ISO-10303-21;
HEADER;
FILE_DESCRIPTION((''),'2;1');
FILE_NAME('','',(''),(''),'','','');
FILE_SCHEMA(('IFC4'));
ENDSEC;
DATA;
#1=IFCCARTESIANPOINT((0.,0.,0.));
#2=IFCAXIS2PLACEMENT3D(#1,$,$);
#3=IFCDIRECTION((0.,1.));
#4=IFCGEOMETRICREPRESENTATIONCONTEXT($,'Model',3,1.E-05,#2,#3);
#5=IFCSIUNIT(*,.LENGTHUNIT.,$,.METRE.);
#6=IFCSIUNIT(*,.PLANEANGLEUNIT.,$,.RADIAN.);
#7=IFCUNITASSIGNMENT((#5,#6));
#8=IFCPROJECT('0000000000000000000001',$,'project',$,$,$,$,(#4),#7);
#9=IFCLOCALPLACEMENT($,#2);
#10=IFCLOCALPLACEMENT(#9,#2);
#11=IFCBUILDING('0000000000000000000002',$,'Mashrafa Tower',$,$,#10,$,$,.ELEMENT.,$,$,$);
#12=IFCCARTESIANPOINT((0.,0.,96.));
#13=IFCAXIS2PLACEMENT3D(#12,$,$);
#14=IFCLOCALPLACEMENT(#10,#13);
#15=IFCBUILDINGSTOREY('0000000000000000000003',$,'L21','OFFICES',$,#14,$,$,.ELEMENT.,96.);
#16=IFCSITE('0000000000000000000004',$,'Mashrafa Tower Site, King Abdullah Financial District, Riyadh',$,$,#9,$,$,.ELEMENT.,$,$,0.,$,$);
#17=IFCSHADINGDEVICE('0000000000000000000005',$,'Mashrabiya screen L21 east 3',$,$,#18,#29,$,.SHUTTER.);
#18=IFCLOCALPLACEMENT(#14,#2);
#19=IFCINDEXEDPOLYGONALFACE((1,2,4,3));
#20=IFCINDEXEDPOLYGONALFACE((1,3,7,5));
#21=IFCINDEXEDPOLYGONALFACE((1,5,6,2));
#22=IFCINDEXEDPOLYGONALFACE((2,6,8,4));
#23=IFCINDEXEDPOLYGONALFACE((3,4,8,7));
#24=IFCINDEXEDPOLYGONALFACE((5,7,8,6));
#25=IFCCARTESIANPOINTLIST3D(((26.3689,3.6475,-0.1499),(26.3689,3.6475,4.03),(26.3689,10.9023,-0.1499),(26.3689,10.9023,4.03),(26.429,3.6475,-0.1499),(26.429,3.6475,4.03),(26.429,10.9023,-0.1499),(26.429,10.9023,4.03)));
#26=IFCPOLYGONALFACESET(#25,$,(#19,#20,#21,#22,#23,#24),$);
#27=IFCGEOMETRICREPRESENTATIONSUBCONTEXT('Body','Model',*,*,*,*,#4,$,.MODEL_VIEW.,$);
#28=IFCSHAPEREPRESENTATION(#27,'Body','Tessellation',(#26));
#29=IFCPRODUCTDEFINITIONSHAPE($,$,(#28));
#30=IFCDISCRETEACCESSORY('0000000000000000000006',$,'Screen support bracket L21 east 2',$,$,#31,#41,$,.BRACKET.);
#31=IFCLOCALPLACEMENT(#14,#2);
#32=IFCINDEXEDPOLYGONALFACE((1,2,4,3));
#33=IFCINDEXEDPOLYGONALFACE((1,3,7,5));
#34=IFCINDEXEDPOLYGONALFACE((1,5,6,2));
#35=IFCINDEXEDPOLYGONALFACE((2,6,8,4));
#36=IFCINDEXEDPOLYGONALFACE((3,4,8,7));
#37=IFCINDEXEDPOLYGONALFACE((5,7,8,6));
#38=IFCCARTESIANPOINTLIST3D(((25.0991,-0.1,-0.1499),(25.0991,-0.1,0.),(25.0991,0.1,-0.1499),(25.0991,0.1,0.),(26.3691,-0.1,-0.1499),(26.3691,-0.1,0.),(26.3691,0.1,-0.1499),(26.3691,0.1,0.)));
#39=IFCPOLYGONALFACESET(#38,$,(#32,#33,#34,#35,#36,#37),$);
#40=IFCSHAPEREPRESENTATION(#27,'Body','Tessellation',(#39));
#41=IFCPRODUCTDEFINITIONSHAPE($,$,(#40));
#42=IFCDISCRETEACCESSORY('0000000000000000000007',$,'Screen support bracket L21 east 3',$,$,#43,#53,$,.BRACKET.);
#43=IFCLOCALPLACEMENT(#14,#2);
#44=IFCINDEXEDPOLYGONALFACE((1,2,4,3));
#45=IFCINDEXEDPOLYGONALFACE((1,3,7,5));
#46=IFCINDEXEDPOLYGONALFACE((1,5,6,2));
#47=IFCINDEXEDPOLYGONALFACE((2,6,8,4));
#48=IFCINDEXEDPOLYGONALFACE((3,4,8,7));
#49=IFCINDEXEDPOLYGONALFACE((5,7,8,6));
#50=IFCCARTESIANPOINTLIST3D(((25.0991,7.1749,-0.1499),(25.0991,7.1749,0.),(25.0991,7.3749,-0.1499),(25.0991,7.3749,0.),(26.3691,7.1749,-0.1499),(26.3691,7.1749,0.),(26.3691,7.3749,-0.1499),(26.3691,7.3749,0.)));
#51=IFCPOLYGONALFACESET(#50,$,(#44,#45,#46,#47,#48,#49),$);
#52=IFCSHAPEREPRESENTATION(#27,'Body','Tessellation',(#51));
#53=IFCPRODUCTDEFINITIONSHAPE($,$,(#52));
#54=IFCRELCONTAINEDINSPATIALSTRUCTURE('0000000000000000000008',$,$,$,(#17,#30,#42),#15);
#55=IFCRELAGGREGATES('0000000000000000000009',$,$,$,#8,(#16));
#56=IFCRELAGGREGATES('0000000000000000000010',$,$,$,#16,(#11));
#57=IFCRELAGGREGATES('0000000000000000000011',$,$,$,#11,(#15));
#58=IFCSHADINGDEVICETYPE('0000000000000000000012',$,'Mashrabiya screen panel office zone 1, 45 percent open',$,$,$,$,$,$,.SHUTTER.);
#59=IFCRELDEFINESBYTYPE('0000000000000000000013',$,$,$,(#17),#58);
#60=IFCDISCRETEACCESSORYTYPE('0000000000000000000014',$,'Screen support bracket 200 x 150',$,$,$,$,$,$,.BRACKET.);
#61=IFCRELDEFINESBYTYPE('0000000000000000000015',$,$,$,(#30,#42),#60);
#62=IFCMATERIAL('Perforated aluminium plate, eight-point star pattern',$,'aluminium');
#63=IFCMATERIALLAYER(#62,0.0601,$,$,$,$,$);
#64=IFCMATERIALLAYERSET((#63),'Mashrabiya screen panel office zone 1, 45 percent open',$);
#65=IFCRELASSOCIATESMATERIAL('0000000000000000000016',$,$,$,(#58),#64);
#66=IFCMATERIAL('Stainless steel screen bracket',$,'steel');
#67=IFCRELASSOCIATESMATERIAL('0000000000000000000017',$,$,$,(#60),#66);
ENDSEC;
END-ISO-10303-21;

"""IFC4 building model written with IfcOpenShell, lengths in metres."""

from ifc_helpers import new_model, si_unit, direction, frame, origin, origin_2d, place, context, subcontext, project, spatial, rectangle, extrude, source, transform, mapped, material, layer, layer_set, type_object, type_shapes, element, save


model = new_model("IFC4")

# Units and contexts
model_context = context("Model", 3, precision=1e-05, world=origin(), true_north=direction((0.0, 1.0)))
body_context = subcontext(model_context, "Body", "Model", "MODEL_VIEW")
ifc_project = project(units=[si_unit("LENGTHUNIT", "METRE"), si_unit("PLANEANGLEUNIT", "RADIAN")], contexts=[model_context])

# Site, building, storey
site_placement = place(None, origin())
site = spatial("IfcSite", under=ifc_project, at=site_placement, Name="Mashrafa Tower Site, King Abdullah Financial District, Riyadh", CompositionType="ELEMENT", RefElevation=0.0)
building_placement = place(site_placement, origin())
building = spatial("IfcBuilding", under=site, at=building_placement, Name="Mashrafa Tower", CompositionType="ELEMENT")
storey_placement = place(building_placement, frame((0.0, 0.0, 96.0)))
storey = spatial("IfcBuildingStorey", under=building, at=storey_placement, Name="L21", Description="OFFICES", CompositionType="ELEMENT", Elevation=96.0)

# Shading device
ifc_material_1 = material(Name="Perforated aluminium plate, eight-point star pattern", Category="aluminium")
ifc_layer_1 = layer(ifc_material_1, 0.0601)
ifc_layer_set_1 = layer_set([ifc_layer_1], Name="Mashrabiya screen panel office zone 1, 45 percent open")
shading_device_type = type_object("IfcShadingDeviceType", Name="Mashrabiya screen panel office zone 1, 45 percent open", PredefinedType="SHUTTER", material=ifc_layer_set_1)
shared_shape_1 = source(origin(), body_context, "Body", "SweptSolid", [
    extrude(rectangle(XDim=7.2549, YDim=0.0601, at=origin_2d()), origin(), (0.0, 0.0, 1.0), 4.1799),
])
type_shapes(shading_device_type, [shared_shape_1])
for number, where, z_axis, x_axis, name in (
    (1, (26.3989, 7.2749, -0.1499), (0.0, 0.0, 1.0), (0.0, 1.0, 0.0), "Mashrabiya screen L21 east 3"),
):
    element("IfcShadingDevice", number, at=place(storey_placement, frame(where, z_axis=z_axis, x_axis=x_axis)), inside=storey, type_object=shading_device_type, Name=name, PredefinedType="SHUTTER", context=body_context, shape_type="MappedRepresentation", body=[
        mapped(shared_shape_1, transform((0.0, 0.0, 0.0))),
    ])

# Discrete accessories
ifc_material_2 = material(Name="Stainless steel screen bracket", Category="steel")
discrete_accessory_type = type_object("IfcDiscreteAccessoryType", Name="Screen support bracket 200 x 150", PredefinedType="BRACKET", material=ifc_material_2)
shared_shape_2 = source(origin(), body_context, "Body", "SweptSolid", [
    extrude(rectangle(XDim=0.2, YDim=1.27, at=origin_2d()), origin(), (0.0, 0.0, 1.0), 0.1499),
])
type_shapes(discrete_accessory_type, [shared_shape_2])
for number, where, z_axis, x_axis, name in (
    (2, (25.7341, 0.0, -0.1499), (0.0, 0.0, 1.0), (0.0, 1.0, 0.0), "Screen support bracket L21 east 2"),
    (3, (25.7341, 7.2749, -0.1499), (0.0, 0.0, 1.0), (0.0, 1.0, 0.0), "Screen support bracket L21 east 3"),
):
    element("IfcDiscreteAccessory", number, at=place(storey_placement, frame(where, z_axis=z_axis, x_axis=x_axis)), inside=storey, type_object=discrete_accessory_type, Name=name, PredefinedType="BRACKET", context=body_context, shape_type="MappedRepresentation", body=[
        mapped(shared_shape_2, transform((0.0, 0.0, 0.0))),
    ])

save(model, "model.ifc")
